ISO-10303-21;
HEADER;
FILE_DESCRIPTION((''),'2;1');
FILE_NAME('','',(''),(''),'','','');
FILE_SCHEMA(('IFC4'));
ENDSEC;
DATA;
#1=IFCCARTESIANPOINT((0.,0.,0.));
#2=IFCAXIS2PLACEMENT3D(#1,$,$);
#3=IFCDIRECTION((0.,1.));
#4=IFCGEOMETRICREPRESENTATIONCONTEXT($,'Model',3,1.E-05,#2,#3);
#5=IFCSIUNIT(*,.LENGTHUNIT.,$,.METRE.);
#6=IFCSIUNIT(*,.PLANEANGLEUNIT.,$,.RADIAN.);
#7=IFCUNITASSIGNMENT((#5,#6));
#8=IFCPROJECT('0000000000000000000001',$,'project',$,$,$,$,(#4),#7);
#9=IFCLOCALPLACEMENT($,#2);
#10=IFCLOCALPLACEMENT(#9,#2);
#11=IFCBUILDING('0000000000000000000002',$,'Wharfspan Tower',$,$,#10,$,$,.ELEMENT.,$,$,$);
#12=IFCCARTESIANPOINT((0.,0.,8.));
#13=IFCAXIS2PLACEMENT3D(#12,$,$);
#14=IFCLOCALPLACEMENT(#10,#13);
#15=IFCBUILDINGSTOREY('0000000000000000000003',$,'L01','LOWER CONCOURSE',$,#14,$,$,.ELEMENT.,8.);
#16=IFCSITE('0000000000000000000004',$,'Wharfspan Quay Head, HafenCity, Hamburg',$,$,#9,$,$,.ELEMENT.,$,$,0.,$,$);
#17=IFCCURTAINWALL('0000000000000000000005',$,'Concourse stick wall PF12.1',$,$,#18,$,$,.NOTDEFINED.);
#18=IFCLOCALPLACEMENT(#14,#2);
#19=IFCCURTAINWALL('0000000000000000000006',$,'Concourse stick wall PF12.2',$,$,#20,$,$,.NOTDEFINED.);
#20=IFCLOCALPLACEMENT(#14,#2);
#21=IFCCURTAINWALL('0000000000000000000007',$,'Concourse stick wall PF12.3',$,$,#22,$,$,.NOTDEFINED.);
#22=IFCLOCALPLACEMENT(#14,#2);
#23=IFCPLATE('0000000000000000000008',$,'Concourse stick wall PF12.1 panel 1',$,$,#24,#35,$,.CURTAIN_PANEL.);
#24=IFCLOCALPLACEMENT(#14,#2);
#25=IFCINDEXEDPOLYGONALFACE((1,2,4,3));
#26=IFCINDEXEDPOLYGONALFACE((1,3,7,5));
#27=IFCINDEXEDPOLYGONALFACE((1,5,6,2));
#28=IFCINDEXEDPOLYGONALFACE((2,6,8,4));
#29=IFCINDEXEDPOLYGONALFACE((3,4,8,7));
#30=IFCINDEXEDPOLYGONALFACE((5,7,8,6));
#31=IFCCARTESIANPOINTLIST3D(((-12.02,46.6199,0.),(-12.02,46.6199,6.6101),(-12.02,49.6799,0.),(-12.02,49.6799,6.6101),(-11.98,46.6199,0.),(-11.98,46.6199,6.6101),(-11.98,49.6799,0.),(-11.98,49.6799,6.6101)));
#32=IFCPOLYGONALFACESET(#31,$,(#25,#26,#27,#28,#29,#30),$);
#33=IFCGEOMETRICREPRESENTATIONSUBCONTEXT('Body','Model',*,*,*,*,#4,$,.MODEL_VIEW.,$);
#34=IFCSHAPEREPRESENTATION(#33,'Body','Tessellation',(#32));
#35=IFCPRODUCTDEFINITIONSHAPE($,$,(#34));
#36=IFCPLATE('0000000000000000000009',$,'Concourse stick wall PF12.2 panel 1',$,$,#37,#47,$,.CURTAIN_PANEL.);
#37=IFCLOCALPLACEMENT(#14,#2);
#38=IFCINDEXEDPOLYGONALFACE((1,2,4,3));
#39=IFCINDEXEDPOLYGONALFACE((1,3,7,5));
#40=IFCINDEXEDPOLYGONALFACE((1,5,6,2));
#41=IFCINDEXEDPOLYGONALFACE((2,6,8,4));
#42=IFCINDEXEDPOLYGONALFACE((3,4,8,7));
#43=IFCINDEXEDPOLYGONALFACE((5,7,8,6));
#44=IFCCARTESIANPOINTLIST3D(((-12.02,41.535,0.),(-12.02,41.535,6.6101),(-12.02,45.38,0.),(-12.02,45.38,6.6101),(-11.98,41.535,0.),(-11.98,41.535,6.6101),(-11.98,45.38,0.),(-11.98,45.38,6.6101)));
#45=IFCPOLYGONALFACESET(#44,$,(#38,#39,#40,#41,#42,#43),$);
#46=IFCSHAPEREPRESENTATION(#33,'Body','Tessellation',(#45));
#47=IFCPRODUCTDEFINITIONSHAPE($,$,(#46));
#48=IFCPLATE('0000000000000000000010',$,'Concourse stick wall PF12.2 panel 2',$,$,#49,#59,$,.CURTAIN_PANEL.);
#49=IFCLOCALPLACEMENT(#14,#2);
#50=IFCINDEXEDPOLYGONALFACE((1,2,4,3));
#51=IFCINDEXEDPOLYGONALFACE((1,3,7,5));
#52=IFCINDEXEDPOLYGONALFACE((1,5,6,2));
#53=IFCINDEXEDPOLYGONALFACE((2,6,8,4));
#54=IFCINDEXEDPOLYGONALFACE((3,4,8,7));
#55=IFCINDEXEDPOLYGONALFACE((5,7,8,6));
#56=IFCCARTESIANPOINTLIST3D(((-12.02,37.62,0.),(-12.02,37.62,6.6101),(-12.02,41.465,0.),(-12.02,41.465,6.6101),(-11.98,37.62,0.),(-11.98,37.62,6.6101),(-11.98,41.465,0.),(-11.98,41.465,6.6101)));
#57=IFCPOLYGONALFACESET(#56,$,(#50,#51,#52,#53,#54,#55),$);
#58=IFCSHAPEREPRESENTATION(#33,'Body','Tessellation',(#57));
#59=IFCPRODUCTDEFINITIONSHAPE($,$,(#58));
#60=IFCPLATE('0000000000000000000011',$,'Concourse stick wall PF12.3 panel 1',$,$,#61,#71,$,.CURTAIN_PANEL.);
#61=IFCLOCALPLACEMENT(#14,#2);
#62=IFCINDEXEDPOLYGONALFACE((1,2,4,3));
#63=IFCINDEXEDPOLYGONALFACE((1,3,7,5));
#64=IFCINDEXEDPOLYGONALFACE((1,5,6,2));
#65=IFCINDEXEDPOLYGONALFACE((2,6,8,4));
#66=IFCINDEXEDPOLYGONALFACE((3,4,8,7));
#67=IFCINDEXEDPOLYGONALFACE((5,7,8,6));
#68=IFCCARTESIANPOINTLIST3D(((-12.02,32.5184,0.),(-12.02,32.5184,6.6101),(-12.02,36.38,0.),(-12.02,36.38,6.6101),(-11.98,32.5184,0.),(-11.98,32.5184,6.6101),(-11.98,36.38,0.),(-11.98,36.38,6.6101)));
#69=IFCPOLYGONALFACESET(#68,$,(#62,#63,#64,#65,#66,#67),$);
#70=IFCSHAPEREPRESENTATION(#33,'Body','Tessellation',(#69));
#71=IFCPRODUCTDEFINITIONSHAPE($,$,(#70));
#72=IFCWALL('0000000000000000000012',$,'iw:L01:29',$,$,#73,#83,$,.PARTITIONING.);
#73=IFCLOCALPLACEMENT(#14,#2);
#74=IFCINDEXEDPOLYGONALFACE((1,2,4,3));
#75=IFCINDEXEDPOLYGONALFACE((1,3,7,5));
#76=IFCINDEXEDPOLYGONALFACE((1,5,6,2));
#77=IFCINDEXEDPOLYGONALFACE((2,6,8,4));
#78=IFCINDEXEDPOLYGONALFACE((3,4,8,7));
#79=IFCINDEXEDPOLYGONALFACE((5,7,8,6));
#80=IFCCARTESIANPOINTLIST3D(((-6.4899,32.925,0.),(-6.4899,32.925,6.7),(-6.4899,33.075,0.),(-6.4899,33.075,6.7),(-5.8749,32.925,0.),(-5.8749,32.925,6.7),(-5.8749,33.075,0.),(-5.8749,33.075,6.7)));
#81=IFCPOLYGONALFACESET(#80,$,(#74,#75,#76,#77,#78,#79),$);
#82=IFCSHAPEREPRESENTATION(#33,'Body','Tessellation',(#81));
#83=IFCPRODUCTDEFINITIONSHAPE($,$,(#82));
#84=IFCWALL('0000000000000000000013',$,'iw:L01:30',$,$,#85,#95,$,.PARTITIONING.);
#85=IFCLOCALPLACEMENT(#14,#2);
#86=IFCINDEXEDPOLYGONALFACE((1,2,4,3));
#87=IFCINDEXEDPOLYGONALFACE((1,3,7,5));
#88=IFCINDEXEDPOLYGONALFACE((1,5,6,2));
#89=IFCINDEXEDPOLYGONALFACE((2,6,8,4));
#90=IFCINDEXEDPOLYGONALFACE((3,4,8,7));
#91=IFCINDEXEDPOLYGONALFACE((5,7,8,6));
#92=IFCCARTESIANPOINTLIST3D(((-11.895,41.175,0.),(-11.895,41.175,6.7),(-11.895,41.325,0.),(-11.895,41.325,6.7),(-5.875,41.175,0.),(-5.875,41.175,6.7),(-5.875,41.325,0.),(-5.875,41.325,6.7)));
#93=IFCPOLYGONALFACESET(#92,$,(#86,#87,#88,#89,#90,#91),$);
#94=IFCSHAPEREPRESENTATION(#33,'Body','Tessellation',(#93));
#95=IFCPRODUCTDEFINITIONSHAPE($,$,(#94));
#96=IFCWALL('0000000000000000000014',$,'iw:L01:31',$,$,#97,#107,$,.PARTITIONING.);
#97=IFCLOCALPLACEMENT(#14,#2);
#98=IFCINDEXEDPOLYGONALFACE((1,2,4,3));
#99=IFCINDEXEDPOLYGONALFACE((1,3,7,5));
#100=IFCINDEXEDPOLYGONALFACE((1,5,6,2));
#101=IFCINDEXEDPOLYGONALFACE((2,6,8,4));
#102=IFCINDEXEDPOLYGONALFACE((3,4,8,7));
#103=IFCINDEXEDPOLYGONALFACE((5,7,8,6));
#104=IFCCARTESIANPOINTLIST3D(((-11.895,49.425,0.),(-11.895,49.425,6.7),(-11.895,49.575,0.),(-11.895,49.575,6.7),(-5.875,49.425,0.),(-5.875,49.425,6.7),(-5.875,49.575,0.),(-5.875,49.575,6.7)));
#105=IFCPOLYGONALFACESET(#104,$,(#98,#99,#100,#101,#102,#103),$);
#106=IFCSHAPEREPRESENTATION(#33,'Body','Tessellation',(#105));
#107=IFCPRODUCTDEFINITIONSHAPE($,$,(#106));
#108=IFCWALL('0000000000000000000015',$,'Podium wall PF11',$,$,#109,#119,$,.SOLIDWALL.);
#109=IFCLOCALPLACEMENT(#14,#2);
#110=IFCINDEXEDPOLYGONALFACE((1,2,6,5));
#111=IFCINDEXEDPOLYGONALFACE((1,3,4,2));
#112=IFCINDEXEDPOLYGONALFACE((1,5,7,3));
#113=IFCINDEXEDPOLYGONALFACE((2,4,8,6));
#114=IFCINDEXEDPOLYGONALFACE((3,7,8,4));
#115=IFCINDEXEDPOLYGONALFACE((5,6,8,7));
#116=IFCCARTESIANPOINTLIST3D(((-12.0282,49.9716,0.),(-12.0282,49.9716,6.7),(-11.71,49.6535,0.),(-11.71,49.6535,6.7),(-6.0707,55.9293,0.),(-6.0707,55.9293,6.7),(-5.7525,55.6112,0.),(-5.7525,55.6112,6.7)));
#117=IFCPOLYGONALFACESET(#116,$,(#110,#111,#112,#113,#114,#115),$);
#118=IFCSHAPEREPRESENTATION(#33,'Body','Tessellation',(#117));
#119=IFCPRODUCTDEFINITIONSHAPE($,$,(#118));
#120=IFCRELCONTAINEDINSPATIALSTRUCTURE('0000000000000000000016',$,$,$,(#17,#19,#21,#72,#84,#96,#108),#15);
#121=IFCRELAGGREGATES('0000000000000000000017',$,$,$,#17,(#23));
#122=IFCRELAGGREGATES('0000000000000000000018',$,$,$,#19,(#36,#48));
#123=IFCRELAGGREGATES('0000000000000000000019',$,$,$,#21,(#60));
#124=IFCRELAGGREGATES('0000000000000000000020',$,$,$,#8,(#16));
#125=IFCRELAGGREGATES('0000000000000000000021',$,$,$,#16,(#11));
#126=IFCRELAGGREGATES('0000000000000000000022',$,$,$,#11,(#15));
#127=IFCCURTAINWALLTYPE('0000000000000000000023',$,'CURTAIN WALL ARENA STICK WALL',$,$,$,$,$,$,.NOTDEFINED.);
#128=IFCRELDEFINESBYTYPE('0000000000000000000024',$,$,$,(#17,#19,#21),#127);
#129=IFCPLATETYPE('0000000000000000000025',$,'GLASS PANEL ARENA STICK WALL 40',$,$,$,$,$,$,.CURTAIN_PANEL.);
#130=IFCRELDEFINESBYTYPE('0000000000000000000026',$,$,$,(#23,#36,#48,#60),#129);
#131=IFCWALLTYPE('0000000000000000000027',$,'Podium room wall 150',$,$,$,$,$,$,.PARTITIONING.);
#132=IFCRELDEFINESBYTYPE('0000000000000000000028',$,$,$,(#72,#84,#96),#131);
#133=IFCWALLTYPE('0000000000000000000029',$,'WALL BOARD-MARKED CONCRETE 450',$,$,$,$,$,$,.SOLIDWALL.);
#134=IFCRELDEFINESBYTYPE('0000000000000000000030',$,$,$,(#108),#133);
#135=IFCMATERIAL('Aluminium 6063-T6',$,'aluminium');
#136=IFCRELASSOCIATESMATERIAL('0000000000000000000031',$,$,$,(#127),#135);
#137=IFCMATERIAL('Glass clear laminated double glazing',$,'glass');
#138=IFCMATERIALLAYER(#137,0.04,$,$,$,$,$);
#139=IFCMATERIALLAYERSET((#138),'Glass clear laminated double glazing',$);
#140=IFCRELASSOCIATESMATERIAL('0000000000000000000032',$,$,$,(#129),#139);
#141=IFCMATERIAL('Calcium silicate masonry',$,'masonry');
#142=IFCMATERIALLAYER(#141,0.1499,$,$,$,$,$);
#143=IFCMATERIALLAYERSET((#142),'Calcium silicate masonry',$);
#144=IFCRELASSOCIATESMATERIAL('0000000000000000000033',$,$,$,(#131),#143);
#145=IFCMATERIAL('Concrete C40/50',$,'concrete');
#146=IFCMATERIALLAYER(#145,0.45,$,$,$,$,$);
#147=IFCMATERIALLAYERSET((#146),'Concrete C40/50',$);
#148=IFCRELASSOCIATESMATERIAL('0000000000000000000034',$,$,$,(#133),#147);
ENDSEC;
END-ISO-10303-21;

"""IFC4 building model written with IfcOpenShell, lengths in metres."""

from ifc_helpers import new_model, si_unit, direction, frame, frame_2d, origin, origin_2d, place, context, subcontext, project, spatial, rectangle, extrude, material, layer, layer_set, type_object, element, aggregate, save


model = new_model("IFC4")

# Units and contexts
model_context = context("Model", 3, precision=1e-05, world=origin(), true_north=direction((0.0, 1.0)))
body_context = subcontext(model_context, "Body", "Model", "MODEL_VIEW")
ifc_project = project(units=[si_unit("LENGTHUNIT", "METRE"), si_unit("PLANEANGLEUNIT", "RADIAN")], contexts=[model_context])

# Site, building, storey
site_placement = place(None, origin())
site = spatial("IfcSite", under=ifc_project, at=site_placement, Name="Wharfspan Quay Head, HafenCity, Hamburg", CompositionType="ELEMENT", RefElevation=0.0)
building_placement = place(site_placement, origin())
building = spatial("IfcBuilding", under=site, at=building_placement, Name="Wharfspan Tower", CompositionType="ELEMENT")
storey_placement = place(building_placement, frame((0.0, 0.0, 8.0)))
storey = spatial("IfcBuildingStorey", under=building, at=storey_placement, Name="L01", Description="LOWER CONCOURSE", CompositionType="ELEMENT", Elevation=8.0)

# Curtain walls
ifc_material_1 = material(Name="Aluminium 6063-T6", Category="aluminium")
curtain_wall_type = type_object("IfcCurtainWallType", Name="CURTAIN WALL ARENA STICK WALL", PredefinedType="NOTDEFINED", material=ifc_material_1)
curtain_wall_1_placement = place(storey_placement, origin())
curtain_wall_1 = element("IfcCurtainWall", 1, at=curtain_wall_1_placement, inside=storey, type_object=curtain_wall_type, Name="Concourse stick wall PF12.1", PredefinedType="NOTDEFINED")
curtain_wall_2_placement = place(storey_placement, origin())
curtain_wall_2 = element("IfcCurtainWall", 2, at=curtain_wall_2_placement, inside=storey, type_object=curtain_wall_type, Name="Concourse stick wall PF12.2", PredefinedType="NOTDEFINED")

# Curtain wall
curtain_wall_3_placement = place(storey_placement, origin())
curtain_wall_3 = element("IfcCurtainWall", 3, at=curtain_wall_3_placement, inside=storey, type_object=curtain_wall_type, Name="Concourse stick wall PF12.3", PredefinedType="NOTDEFINED")

# Plates
ifc_material_2 = material(Name="Glass clear laminated double glazing", Category="glass")
ifc_layer_1 = layer(ifc_material_2, 0.04)
ifc_layer_set_1 = layer_set([ifc_layer_1], Name="Glass clear laminated double glazing")
plate_type = type_object("IfcPlateType", Name="GLASS PANEL ARENA STICK WALL 40", PredefinedType="CURTAIN_PANEL", material=ifc_layer_set_1)
plate_1_placement = place(storey_placement, frame((-12.0, 48.1499, 0.0), z_axis=(0.0, 0.0, 1.0), x_axis=(0.0, -1.0, 0.0)))
plate_1 = element("IfcPlate", 4, at=plate_1_placement, type_object=plate_type, Name="Concourse stick wall PF12.1 panel 1", PredefinedType="CURTAIN_PANEL", context=body_context, shape_type="SweptSolid", body=[
    extrude(rectangle(XDim=3.0601, YDim=0.04, at=origin_2d()), origin(), (0.0, 0.0, 1.0), 6.6101),
])
aggregate(curtain_wall_1, [plate_1])
plate_2_placement = place(storey_placement, frame((-12.0, 43.4575, 0.0), z_axis=(0.0, 0.0, 1.0), x_axis=(0.0, -1.0, 0.0)))
plate_2 = element("IfcPlate", 5, at=plate_2_placement, type_object=plate_type, Name="Concourse stick wall PF12.2 panel 1", PredefinedType="CURTAIN_PANEL", context=body_context, shape_type="SweptSolid", body=[
    extrude(rectangle(XDim=3.845, YDim=0.04, at=origin_2d()), origin(), (0.0, 0.0, 1.0), 6.6101),
])
plate_3_placement = place(storey_placement, frame((-12.0, 39.5425, 0.0), z_axis=(0.0, 0.0, 1.0), x_axis=(0.0, -1.0, 0.0)))
plate_3 = element("IfcPlate", 6, at=plate_3_placement, type_object=plate_type, Name="Concourse stick wall PF12.2 panel 2", PredefinedType="CURTAIN_PANEL", context=body_context, shape_type="SweptSolid", body=[
    extrude(rectangle(XDim=3.845, YDim=0.04, at=origin_2d()), origin(), (0.0, 0.0, 1.0), 6.6101),
])
aggregate(curtain_wall_2, [plate_2, plate_3])
plate_4_placement = place(storey_placement, frame((-12.0, 34.4492, 0.0), z_axis=(0.0, 0.0, 1.0), x_axis=(0.0, -1.0, 0.0)))
plate_4 = element("IfcPlate", 7, at=plate_4_placement, type_object=plate_type, Name="Concourse stick wall PF12.3 panel 1", PredefinedType="CURTAIN_PANEL", context=body_context, shape_type="SweptSolid", body=[
    extrude(rectangle(XDim=3.8616, YDim=0.04, at=origin_2d()), origin(), (0.0, 0.0, 1.0), 6.6101),
])
aggregate(curtain_wall_3, [plate_4])

# Walls
ifc_material_3 = material(Name="Calcium silicate masonry", Category="masonry")
ifc_layer_2 = layer(ifc_material_3, 0.1499)
ifc_layer_set_2 = layer_set([ifc_layer_2], Name="Calcium silicate masonry")
wall_type_1 = type_object("IfcWallType", Name="Podium room wall 150", PredefinedType="PARTITIONING", material=ifc_layer_set_2)
wall_1_placement = place(storey_placement, frame((-6.49, 33.0, 0.0), z_axis=(0.0, 0.0, 1.0), x_axis=(1.0, 0.0, 0.0)))
element("IfcWall", 8, at=wall_1_placement, inside=storey, type_object=wall_type_1, Name="iw:L01:29", PredefinedType="PARTITIONING", context=body_context, shape_type="SweptSolid", body=[
    extrude(rectangle(XDim=0.615, YDim=0.1499, at=frame_2d((0.3076, 0.0))), origin(), (0.0, 0.0, 1.0), 6.7),
])
for number, where, z_axis, x_axis, name in (
    (9, (-11.895, 41.25, 0.0), (0.0, 0.0, 1.0), (1.0, 0.0, 0.0), "iw:L01:30"),
    (10, (-11.895, 49.5, 0.0), (0.0, 0.0, 1.0), (1.0, 0.0, 0.0), "iw:L01:31"),
):
    element("IfcWall", number, at=place(storey_placement, frame(where, z_axis=z_axis, x_axis=x_axis)), inside=storey, type_object=wall_type_1, Name=name, PredefinedType="PARTITIONING", context=body_context, shape_type="SweptSolid", body=[
        extrude(rectangle(XDim=6.02, YDim=0.1499, at=frame_2d((3.01, 0.0))), origin(), (0.0, 0.0, 1.0), 6.7),
    ])
ifc_material_4 = material(Name="Concrete C40/50", Category="concrete")
ifc_layer_3 = layer(ifc_material_4, 0.45)
ifc_layer_set_3 = layer_set([ifc_layer_3], Name="Concrete C40/50")
wall_type_2 = type_object("IfcWallType", Name="WALL BOARD-MARKED CONCRETE 450", PredefinedType="SOLIDWALL", material=ifc_layer_set_3)
wall_2_placement = place(storey_placement, frame((-5.9116, 55.7703, 0.0), z_axis=(0.0, 0.0, 1.0), x_axis=(-0.707092, -0.707121, 0.0)))
element("IfcWall", 11, at=wall_2_placement, inside=storey, type_object=wall_type_2, Name="Podium wall PF11", PredefinedType="SOLIDWALL", context=body_context, shape_type="SweptSolid", body=[
    extrude(rectangle(XDim=8.4253, YDim=0.45, at=frame_2d((4.2126, 0.0))), origin(), (0.0, 0.0, 1.0), 6.7),
])

save(model, "model.ifc")
